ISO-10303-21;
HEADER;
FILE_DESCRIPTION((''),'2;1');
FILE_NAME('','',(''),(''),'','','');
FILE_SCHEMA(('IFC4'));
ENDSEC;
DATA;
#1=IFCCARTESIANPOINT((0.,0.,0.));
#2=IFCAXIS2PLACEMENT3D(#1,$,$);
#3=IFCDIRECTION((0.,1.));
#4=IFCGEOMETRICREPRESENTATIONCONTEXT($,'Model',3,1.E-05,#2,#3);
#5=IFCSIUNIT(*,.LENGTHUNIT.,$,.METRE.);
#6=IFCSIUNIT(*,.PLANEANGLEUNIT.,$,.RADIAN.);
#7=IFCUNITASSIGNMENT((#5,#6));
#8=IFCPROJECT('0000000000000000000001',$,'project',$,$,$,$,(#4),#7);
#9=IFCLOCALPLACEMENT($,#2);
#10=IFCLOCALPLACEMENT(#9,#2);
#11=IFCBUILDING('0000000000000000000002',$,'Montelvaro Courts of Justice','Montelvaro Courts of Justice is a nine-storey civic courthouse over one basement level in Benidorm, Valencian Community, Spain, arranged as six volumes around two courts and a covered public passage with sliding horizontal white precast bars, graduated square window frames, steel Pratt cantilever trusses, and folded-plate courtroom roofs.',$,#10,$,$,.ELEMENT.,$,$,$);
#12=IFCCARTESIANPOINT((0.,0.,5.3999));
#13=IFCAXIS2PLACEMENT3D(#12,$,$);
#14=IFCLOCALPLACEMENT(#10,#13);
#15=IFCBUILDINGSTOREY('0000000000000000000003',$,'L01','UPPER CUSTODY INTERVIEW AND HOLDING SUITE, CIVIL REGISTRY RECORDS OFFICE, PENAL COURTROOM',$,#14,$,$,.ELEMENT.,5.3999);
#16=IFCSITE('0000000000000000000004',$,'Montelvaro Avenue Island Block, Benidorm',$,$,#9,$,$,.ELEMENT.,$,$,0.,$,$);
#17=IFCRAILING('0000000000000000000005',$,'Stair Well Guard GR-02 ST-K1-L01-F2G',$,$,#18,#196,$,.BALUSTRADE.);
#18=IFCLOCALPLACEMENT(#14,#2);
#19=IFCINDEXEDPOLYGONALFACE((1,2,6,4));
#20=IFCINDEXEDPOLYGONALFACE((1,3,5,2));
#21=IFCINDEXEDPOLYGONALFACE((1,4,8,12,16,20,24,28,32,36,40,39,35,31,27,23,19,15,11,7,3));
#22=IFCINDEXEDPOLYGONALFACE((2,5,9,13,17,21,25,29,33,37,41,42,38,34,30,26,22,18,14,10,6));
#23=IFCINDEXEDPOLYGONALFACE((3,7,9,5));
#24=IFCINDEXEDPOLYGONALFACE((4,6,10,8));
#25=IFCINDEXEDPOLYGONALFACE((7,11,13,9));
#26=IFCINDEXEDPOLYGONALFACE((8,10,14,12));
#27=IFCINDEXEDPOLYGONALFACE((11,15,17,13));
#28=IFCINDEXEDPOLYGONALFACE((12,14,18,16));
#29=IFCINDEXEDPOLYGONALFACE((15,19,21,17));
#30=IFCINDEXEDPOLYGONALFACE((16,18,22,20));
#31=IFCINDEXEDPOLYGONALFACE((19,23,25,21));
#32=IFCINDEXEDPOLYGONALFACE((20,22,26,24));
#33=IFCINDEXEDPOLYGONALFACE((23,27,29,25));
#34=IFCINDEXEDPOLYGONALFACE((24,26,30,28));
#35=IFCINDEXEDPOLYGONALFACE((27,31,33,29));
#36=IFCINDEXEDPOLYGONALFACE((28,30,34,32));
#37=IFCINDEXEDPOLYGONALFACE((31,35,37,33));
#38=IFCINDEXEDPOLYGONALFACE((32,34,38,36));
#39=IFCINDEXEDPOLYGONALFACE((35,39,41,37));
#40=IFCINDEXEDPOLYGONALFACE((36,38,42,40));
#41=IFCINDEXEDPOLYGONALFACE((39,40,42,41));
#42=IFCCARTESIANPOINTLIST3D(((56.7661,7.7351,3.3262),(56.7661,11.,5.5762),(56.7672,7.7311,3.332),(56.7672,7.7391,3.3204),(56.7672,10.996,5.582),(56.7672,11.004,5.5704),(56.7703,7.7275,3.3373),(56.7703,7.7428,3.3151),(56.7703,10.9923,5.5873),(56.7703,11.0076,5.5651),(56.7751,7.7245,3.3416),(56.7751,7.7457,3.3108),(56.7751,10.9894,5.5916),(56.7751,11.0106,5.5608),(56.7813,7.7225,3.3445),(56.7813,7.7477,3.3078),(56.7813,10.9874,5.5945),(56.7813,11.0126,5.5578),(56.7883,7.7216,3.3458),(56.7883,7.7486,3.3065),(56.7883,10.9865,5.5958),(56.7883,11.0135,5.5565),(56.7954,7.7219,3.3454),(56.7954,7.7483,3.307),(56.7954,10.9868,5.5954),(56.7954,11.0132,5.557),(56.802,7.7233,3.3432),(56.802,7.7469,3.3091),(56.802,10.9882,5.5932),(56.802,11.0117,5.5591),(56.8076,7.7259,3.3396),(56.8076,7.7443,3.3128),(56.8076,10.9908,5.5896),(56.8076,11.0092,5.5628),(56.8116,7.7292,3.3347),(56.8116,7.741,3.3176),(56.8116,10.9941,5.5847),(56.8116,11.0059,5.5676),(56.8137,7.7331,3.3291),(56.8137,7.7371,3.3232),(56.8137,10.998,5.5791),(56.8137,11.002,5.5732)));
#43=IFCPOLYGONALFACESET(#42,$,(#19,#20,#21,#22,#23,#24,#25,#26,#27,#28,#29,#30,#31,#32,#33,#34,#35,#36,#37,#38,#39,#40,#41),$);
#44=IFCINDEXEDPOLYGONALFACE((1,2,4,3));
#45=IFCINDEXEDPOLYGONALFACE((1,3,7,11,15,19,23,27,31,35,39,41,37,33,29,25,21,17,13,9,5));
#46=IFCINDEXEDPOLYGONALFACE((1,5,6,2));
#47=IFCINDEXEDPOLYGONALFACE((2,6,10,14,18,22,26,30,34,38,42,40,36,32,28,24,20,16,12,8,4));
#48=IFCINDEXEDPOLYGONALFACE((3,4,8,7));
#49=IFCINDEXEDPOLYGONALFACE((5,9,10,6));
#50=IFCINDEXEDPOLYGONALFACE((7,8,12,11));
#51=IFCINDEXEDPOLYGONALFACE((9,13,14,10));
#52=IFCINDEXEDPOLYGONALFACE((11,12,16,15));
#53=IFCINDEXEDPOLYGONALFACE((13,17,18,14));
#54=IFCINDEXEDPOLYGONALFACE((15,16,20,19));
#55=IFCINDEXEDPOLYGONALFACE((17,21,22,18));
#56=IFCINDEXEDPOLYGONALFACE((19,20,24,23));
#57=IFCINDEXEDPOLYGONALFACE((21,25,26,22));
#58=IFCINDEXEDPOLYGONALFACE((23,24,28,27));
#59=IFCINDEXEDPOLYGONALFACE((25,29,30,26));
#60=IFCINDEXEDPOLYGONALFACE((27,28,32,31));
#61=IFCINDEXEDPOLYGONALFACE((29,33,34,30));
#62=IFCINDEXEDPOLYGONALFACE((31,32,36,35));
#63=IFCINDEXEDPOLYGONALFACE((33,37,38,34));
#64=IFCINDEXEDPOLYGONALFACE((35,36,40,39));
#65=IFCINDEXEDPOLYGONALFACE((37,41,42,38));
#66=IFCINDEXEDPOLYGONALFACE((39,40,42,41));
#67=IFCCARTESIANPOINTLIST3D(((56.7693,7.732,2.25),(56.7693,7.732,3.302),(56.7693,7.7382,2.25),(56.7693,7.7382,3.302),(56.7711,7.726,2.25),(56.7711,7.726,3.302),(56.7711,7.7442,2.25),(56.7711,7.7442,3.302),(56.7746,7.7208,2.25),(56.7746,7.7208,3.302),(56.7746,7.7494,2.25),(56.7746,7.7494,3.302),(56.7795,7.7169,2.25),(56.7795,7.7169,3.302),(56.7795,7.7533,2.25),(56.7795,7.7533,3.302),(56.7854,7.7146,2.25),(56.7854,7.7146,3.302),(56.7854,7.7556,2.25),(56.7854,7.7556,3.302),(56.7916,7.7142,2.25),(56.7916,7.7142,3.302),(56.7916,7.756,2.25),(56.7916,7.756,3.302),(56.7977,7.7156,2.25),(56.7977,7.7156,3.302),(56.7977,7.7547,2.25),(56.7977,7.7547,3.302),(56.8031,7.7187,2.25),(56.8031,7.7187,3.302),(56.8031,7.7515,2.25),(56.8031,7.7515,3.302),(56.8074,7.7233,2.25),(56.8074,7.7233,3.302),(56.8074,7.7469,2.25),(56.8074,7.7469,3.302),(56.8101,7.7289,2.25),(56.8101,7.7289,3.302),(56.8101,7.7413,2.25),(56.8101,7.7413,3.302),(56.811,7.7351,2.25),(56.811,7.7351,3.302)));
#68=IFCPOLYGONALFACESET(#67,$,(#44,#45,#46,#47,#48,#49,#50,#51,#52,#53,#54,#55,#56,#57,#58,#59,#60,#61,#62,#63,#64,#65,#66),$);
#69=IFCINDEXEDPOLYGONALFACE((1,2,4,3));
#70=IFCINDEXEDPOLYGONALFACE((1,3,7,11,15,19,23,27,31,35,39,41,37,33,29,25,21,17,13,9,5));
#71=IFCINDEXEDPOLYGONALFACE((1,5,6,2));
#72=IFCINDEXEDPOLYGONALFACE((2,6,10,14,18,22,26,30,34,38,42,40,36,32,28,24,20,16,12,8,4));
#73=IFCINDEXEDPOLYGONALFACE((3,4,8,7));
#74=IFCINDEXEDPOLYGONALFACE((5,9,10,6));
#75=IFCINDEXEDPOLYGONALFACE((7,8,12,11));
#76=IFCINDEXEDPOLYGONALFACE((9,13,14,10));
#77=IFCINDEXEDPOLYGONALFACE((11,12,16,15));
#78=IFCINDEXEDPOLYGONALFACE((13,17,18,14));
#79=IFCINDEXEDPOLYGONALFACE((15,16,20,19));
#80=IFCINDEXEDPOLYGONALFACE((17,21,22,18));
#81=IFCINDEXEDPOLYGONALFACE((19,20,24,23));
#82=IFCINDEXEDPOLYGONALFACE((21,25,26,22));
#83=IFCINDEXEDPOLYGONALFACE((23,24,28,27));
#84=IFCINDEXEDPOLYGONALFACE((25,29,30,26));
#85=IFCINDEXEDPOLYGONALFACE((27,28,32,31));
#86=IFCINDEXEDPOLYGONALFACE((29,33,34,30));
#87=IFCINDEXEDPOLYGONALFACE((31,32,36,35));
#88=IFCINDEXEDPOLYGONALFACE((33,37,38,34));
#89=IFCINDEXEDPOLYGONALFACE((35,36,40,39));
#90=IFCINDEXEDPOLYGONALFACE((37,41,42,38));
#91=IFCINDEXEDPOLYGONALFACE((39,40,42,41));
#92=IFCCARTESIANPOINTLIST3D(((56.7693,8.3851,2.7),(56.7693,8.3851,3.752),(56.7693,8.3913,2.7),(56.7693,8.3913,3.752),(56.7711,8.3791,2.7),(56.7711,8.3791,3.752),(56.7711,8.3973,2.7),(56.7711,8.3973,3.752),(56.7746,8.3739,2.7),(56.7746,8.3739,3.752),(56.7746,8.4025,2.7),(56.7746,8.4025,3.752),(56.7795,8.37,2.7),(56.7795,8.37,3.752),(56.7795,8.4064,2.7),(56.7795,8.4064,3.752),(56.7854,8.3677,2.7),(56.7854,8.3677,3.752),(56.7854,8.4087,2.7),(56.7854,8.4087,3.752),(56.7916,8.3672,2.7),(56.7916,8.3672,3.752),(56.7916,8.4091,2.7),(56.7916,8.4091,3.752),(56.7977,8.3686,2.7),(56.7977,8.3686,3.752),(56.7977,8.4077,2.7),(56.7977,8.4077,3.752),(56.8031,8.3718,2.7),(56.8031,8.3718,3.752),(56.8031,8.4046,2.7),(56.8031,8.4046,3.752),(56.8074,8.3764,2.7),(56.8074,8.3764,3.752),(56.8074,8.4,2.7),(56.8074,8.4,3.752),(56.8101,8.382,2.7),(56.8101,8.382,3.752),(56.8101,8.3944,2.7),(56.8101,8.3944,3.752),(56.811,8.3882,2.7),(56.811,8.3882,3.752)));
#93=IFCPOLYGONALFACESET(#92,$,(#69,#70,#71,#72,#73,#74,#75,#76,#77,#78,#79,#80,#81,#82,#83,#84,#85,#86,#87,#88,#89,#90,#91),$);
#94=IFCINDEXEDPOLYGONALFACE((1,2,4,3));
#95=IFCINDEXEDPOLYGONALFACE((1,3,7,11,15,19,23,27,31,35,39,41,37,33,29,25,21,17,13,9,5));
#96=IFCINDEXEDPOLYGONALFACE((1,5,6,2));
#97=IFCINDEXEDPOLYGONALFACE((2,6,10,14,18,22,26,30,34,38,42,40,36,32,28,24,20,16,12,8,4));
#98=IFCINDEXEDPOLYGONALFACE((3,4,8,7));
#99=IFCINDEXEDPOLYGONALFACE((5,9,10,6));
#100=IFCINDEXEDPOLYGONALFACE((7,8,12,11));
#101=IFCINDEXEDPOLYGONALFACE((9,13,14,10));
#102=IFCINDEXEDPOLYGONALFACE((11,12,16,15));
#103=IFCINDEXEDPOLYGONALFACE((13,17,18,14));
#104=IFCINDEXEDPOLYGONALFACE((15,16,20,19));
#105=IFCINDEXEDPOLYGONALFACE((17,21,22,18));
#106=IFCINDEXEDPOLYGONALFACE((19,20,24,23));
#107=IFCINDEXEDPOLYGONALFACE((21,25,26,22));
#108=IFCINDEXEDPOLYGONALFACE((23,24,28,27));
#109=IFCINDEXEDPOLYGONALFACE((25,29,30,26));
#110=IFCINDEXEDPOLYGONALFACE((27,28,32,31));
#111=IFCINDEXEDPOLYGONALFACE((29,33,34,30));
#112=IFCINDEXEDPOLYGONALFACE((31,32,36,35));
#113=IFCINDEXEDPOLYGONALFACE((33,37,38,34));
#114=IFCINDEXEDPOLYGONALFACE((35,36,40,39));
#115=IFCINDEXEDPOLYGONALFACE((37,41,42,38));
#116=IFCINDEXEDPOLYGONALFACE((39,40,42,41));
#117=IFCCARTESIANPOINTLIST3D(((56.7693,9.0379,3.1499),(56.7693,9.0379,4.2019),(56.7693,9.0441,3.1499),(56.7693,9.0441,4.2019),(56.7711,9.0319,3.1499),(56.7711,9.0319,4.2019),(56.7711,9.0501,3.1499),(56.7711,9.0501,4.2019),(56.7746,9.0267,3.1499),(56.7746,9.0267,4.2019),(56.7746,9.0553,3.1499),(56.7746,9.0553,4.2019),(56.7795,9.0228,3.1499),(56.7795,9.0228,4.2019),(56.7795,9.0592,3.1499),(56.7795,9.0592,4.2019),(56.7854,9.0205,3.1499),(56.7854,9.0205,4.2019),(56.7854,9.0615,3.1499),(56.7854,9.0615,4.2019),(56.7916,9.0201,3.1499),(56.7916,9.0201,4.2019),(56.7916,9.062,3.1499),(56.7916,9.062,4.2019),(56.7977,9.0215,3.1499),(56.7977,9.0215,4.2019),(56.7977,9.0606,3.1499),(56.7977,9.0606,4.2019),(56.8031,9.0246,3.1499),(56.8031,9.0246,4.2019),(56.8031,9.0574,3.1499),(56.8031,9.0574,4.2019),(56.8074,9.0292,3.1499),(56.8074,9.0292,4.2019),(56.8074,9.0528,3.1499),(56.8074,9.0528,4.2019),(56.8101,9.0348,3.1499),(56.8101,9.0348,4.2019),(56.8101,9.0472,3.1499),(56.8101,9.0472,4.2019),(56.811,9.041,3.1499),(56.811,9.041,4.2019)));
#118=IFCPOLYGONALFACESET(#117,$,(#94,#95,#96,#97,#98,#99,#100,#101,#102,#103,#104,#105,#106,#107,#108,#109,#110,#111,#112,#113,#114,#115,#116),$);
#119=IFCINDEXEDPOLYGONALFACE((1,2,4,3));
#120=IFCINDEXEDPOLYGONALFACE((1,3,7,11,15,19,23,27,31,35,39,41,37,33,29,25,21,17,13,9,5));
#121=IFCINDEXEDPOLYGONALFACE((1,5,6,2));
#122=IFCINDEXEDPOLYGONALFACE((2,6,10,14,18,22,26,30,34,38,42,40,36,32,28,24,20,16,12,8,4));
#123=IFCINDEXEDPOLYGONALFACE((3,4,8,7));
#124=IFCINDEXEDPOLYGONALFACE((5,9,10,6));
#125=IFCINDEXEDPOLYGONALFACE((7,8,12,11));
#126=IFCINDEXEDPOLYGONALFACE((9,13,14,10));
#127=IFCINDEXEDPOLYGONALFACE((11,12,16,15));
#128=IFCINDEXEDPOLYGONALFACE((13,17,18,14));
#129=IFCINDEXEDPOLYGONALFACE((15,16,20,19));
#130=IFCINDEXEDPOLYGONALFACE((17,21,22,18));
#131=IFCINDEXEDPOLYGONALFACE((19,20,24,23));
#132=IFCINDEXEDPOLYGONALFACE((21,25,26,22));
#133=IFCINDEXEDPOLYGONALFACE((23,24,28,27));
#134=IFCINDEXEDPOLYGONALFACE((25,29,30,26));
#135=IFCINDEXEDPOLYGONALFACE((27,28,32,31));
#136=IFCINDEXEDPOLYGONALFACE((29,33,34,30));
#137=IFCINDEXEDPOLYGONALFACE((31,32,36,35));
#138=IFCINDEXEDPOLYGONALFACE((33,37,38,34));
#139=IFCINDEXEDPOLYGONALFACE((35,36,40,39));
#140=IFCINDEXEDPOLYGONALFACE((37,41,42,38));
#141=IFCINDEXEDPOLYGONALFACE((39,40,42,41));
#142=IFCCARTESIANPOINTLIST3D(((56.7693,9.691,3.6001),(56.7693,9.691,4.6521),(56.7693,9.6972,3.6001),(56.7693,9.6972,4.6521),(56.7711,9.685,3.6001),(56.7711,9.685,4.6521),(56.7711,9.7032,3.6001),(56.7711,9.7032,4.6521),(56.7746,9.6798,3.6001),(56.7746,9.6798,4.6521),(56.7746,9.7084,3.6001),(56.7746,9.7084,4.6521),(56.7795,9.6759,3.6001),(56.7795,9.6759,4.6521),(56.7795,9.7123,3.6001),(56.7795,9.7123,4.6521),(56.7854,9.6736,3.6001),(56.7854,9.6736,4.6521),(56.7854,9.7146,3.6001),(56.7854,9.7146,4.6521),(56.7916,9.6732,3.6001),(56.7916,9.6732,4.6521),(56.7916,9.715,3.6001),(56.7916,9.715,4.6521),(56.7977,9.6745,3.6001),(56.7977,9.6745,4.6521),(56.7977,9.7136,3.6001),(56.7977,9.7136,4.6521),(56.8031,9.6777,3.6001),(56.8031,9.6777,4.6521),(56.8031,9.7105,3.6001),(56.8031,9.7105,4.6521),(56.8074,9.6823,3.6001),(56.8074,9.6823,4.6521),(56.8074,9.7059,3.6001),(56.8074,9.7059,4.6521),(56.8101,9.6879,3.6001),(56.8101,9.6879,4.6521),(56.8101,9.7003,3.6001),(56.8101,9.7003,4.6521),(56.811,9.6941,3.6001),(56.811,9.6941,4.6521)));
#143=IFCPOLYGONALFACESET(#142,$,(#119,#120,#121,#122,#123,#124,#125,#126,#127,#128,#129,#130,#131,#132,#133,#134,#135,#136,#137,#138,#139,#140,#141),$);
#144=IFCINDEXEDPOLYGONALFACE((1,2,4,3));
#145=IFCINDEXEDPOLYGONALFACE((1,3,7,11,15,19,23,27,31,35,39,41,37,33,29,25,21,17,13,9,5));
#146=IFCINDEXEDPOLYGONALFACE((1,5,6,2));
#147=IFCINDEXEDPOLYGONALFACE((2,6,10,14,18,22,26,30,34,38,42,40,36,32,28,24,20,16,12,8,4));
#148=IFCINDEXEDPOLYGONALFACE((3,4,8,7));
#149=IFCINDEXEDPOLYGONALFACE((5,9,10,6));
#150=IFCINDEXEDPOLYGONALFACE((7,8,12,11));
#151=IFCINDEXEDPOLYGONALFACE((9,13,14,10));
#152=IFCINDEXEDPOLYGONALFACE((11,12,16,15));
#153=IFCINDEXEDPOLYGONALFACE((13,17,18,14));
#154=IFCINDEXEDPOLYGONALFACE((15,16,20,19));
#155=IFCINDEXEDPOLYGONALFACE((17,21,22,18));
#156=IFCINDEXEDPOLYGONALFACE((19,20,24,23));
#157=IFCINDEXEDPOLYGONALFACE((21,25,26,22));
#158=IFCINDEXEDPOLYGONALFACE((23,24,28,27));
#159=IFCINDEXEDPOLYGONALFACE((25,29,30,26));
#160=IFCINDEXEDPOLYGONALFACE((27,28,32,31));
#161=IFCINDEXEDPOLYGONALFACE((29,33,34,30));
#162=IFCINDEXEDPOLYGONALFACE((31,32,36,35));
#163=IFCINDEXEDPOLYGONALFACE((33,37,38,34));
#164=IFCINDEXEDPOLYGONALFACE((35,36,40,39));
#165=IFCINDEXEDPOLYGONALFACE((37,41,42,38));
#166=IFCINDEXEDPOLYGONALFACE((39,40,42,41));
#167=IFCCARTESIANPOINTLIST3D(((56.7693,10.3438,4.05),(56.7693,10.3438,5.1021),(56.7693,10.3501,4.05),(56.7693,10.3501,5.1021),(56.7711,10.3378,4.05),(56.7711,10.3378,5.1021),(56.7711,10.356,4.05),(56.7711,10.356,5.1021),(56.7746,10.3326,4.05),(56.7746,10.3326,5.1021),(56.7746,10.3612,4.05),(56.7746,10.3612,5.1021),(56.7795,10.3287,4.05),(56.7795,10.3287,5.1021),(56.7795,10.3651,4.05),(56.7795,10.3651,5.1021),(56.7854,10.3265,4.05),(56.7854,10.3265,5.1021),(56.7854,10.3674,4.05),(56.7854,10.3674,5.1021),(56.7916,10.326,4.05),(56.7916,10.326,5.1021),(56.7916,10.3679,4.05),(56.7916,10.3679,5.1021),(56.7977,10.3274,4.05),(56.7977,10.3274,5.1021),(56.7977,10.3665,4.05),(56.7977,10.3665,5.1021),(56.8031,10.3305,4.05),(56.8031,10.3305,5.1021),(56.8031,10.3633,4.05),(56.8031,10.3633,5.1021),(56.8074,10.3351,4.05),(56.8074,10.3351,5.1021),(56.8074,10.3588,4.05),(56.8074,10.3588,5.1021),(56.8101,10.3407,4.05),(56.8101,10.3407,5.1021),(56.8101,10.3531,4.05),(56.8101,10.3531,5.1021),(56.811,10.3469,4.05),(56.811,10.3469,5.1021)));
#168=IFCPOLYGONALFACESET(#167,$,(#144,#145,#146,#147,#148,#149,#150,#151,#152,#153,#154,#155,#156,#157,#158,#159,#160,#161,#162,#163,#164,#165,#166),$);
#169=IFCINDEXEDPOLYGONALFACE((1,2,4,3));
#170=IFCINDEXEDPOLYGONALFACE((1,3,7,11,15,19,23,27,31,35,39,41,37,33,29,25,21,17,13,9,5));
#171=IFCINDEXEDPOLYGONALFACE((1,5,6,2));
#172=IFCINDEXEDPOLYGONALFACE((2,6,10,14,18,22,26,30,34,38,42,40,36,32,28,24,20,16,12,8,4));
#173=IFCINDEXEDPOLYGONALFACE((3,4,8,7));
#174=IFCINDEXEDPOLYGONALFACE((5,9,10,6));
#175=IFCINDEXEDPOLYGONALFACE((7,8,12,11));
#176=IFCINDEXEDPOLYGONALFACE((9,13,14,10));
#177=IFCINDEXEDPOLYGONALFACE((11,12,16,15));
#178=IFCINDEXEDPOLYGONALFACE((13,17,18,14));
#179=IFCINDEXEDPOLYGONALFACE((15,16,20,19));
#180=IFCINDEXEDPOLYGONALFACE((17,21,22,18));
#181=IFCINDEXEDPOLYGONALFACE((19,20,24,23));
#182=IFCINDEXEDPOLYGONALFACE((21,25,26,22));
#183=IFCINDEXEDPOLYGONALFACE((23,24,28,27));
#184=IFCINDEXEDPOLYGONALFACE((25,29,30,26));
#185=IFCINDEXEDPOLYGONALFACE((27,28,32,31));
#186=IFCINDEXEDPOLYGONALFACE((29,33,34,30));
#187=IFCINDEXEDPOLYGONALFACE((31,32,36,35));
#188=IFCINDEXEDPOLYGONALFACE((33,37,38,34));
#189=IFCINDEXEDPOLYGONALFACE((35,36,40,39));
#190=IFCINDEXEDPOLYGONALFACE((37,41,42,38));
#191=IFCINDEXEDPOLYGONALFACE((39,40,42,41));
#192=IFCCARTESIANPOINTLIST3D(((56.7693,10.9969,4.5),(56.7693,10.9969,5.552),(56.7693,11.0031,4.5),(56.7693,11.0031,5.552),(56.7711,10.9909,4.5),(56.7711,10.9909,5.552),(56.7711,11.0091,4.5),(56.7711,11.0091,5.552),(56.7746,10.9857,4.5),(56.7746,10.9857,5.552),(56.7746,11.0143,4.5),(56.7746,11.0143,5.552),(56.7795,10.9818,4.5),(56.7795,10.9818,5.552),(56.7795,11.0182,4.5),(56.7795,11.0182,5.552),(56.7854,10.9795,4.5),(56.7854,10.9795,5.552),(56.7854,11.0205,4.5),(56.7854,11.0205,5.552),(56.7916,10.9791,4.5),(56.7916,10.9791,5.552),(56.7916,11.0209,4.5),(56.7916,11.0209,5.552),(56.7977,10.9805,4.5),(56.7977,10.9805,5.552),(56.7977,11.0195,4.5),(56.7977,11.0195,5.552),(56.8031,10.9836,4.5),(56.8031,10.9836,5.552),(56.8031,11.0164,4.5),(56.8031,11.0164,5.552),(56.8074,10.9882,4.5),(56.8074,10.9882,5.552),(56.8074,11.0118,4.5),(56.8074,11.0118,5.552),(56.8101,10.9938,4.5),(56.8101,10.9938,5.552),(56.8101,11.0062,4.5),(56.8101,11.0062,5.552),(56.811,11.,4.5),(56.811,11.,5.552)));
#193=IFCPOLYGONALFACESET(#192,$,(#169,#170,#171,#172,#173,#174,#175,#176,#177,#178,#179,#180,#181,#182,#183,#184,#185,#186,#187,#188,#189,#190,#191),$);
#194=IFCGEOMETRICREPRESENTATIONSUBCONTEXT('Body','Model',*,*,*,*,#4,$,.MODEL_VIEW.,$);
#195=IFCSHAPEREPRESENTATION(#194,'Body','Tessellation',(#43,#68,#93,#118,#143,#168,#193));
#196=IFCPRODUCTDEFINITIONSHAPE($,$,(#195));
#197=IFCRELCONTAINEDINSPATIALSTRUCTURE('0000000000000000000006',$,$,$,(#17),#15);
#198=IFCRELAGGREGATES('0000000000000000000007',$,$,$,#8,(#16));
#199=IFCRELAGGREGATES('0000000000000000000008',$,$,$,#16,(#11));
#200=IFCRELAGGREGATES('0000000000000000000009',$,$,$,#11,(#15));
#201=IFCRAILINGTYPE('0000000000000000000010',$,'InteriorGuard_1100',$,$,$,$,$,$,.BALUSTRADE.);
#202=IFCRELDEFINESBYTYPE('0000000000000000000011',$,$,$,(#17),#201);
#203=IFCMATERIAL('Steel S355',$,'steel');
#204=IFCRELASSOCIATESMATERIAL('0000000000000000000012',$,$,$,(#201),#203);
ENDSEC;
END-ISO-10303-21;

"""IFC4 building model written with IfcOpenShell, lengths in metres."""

from ifc_helpers import new_model, si_unit, direction, frame, origin, origin_2d, place, context, subcontext, project, spatial, circle, extrude, material, type_object, element, save


model = new_model("IFC4")

# Units and contexts
model_context = context("Model", 3, precision=1e-05, world=origin(), true_north=direction((0.0, 1.0)))
body_context = subcontext(model_context, "Body", "Model", "MODEL_VIEW")
ifc_project = project(units=[si_unit("LENGTHUNIT", "METRE"), si_unit("PLANEANGLEUNIT", "RADIAN")], contexts=[model_context])

# Site, building, storey
site_placement = place(None, origin())
site = spatial("IfcSite", under=ifc_project, at=site_placement, Name="Montelvaro Avenue Island Block, Benidorm", CompositionType="ELEMENT", RefElevation=0.0)
building_placement = place(site_placement, origin())
building = spatial("IfcBuilding", under=site, at=building_placement, Name="Montelvaro Courts of Justice", Description="Montelvaro Courts of Justice is a nine-storey civic courthouse over one basement level in Benidorm, Valencian Community, Spain, arranged as six volumes around two courts and a covered public passage with sliding horizontal white precast bars, graduated square window frames, steel Pratt cantilever trusses, and folded-plate courtroom roofs.", CompositionType="ELEMENT")
storey_placement = place(building_placement, frame((0.0, 0.0, 5.3999)))
storey = spatial("IfcBuildingStorey", under=building, at=storey_placement, Name="L01", Description="UPPER CUSTODY INTERVIEW AND HOLDING SUITE, CIVIL REGISTRY RECORDS OFFICE, PENAL COURTROOM", CompositionType="ELEMENT", Elevation=5.3999)

# Shared definitions
ifc_material_1 = material(Name="Steel S355", Category="steel")

# Railing
railing_type_1 = type_object("IfcRailingType", Name="InteriorGuard_1100", PredefinedType="BALUSTRADE", material=ifc_material_1)
railing_1_placement = place(storey_placement, frame((56.79, 7.7351, 2.25)))
element("IfcRailing", 1, at=railing_1_placement, inside=storey, type_object=railing_type_1, Name="Stair Well Guard GR-02 ST-K1-L01-F2G", PredefinedType="BALUSTRADE", context=body_context, shape_type="SweptSolid", body=[
    extrude(circle(Radius=0.0239, at=origin_2d()), frame((0.0, 0.0, 1.0762), z_axis=(0.0, 0.823407, 0.567451), x_axis=(-1.0, 0.0, 0.0)), (0.0, 0.0, 1.0), 3.9651),
    extrude(circle(Radius=0.021, at=origin_2d()), origin(), (0.0, 0.0, 1.0), 1.052),
    extrude(circle(Radius=0.021, at=origin_2d()), frame((0.0, 0.6531, 0.45)), (0.0, 0.0, 1.0), 1.052),
    extrude(circle(Radius=0.021, at=origin_2d()), frame((0.0, 1.3059, 0.8999)), (0.0, 0.0, 1.0), 1.052),
    extrude(circle(Radius=0.021, at=origin_2d()), frame((0.0, 1.959, 1.3501)), (0.0, 0.0, 1.0), 1.052),
    extrude(circle(Radius=0.021, at=origin_2d()), frame((0.0, 2.6118, 1.8)), (0.0, 0.0, 1.0), 1.052),
    extrude(circle(Radius=0.021, at=origin_2d()), frame((0.0, 3.2649, 2.25)), (0.0, 0.0, 1.0), 1.052),
])

save(model, "model.ifc")
